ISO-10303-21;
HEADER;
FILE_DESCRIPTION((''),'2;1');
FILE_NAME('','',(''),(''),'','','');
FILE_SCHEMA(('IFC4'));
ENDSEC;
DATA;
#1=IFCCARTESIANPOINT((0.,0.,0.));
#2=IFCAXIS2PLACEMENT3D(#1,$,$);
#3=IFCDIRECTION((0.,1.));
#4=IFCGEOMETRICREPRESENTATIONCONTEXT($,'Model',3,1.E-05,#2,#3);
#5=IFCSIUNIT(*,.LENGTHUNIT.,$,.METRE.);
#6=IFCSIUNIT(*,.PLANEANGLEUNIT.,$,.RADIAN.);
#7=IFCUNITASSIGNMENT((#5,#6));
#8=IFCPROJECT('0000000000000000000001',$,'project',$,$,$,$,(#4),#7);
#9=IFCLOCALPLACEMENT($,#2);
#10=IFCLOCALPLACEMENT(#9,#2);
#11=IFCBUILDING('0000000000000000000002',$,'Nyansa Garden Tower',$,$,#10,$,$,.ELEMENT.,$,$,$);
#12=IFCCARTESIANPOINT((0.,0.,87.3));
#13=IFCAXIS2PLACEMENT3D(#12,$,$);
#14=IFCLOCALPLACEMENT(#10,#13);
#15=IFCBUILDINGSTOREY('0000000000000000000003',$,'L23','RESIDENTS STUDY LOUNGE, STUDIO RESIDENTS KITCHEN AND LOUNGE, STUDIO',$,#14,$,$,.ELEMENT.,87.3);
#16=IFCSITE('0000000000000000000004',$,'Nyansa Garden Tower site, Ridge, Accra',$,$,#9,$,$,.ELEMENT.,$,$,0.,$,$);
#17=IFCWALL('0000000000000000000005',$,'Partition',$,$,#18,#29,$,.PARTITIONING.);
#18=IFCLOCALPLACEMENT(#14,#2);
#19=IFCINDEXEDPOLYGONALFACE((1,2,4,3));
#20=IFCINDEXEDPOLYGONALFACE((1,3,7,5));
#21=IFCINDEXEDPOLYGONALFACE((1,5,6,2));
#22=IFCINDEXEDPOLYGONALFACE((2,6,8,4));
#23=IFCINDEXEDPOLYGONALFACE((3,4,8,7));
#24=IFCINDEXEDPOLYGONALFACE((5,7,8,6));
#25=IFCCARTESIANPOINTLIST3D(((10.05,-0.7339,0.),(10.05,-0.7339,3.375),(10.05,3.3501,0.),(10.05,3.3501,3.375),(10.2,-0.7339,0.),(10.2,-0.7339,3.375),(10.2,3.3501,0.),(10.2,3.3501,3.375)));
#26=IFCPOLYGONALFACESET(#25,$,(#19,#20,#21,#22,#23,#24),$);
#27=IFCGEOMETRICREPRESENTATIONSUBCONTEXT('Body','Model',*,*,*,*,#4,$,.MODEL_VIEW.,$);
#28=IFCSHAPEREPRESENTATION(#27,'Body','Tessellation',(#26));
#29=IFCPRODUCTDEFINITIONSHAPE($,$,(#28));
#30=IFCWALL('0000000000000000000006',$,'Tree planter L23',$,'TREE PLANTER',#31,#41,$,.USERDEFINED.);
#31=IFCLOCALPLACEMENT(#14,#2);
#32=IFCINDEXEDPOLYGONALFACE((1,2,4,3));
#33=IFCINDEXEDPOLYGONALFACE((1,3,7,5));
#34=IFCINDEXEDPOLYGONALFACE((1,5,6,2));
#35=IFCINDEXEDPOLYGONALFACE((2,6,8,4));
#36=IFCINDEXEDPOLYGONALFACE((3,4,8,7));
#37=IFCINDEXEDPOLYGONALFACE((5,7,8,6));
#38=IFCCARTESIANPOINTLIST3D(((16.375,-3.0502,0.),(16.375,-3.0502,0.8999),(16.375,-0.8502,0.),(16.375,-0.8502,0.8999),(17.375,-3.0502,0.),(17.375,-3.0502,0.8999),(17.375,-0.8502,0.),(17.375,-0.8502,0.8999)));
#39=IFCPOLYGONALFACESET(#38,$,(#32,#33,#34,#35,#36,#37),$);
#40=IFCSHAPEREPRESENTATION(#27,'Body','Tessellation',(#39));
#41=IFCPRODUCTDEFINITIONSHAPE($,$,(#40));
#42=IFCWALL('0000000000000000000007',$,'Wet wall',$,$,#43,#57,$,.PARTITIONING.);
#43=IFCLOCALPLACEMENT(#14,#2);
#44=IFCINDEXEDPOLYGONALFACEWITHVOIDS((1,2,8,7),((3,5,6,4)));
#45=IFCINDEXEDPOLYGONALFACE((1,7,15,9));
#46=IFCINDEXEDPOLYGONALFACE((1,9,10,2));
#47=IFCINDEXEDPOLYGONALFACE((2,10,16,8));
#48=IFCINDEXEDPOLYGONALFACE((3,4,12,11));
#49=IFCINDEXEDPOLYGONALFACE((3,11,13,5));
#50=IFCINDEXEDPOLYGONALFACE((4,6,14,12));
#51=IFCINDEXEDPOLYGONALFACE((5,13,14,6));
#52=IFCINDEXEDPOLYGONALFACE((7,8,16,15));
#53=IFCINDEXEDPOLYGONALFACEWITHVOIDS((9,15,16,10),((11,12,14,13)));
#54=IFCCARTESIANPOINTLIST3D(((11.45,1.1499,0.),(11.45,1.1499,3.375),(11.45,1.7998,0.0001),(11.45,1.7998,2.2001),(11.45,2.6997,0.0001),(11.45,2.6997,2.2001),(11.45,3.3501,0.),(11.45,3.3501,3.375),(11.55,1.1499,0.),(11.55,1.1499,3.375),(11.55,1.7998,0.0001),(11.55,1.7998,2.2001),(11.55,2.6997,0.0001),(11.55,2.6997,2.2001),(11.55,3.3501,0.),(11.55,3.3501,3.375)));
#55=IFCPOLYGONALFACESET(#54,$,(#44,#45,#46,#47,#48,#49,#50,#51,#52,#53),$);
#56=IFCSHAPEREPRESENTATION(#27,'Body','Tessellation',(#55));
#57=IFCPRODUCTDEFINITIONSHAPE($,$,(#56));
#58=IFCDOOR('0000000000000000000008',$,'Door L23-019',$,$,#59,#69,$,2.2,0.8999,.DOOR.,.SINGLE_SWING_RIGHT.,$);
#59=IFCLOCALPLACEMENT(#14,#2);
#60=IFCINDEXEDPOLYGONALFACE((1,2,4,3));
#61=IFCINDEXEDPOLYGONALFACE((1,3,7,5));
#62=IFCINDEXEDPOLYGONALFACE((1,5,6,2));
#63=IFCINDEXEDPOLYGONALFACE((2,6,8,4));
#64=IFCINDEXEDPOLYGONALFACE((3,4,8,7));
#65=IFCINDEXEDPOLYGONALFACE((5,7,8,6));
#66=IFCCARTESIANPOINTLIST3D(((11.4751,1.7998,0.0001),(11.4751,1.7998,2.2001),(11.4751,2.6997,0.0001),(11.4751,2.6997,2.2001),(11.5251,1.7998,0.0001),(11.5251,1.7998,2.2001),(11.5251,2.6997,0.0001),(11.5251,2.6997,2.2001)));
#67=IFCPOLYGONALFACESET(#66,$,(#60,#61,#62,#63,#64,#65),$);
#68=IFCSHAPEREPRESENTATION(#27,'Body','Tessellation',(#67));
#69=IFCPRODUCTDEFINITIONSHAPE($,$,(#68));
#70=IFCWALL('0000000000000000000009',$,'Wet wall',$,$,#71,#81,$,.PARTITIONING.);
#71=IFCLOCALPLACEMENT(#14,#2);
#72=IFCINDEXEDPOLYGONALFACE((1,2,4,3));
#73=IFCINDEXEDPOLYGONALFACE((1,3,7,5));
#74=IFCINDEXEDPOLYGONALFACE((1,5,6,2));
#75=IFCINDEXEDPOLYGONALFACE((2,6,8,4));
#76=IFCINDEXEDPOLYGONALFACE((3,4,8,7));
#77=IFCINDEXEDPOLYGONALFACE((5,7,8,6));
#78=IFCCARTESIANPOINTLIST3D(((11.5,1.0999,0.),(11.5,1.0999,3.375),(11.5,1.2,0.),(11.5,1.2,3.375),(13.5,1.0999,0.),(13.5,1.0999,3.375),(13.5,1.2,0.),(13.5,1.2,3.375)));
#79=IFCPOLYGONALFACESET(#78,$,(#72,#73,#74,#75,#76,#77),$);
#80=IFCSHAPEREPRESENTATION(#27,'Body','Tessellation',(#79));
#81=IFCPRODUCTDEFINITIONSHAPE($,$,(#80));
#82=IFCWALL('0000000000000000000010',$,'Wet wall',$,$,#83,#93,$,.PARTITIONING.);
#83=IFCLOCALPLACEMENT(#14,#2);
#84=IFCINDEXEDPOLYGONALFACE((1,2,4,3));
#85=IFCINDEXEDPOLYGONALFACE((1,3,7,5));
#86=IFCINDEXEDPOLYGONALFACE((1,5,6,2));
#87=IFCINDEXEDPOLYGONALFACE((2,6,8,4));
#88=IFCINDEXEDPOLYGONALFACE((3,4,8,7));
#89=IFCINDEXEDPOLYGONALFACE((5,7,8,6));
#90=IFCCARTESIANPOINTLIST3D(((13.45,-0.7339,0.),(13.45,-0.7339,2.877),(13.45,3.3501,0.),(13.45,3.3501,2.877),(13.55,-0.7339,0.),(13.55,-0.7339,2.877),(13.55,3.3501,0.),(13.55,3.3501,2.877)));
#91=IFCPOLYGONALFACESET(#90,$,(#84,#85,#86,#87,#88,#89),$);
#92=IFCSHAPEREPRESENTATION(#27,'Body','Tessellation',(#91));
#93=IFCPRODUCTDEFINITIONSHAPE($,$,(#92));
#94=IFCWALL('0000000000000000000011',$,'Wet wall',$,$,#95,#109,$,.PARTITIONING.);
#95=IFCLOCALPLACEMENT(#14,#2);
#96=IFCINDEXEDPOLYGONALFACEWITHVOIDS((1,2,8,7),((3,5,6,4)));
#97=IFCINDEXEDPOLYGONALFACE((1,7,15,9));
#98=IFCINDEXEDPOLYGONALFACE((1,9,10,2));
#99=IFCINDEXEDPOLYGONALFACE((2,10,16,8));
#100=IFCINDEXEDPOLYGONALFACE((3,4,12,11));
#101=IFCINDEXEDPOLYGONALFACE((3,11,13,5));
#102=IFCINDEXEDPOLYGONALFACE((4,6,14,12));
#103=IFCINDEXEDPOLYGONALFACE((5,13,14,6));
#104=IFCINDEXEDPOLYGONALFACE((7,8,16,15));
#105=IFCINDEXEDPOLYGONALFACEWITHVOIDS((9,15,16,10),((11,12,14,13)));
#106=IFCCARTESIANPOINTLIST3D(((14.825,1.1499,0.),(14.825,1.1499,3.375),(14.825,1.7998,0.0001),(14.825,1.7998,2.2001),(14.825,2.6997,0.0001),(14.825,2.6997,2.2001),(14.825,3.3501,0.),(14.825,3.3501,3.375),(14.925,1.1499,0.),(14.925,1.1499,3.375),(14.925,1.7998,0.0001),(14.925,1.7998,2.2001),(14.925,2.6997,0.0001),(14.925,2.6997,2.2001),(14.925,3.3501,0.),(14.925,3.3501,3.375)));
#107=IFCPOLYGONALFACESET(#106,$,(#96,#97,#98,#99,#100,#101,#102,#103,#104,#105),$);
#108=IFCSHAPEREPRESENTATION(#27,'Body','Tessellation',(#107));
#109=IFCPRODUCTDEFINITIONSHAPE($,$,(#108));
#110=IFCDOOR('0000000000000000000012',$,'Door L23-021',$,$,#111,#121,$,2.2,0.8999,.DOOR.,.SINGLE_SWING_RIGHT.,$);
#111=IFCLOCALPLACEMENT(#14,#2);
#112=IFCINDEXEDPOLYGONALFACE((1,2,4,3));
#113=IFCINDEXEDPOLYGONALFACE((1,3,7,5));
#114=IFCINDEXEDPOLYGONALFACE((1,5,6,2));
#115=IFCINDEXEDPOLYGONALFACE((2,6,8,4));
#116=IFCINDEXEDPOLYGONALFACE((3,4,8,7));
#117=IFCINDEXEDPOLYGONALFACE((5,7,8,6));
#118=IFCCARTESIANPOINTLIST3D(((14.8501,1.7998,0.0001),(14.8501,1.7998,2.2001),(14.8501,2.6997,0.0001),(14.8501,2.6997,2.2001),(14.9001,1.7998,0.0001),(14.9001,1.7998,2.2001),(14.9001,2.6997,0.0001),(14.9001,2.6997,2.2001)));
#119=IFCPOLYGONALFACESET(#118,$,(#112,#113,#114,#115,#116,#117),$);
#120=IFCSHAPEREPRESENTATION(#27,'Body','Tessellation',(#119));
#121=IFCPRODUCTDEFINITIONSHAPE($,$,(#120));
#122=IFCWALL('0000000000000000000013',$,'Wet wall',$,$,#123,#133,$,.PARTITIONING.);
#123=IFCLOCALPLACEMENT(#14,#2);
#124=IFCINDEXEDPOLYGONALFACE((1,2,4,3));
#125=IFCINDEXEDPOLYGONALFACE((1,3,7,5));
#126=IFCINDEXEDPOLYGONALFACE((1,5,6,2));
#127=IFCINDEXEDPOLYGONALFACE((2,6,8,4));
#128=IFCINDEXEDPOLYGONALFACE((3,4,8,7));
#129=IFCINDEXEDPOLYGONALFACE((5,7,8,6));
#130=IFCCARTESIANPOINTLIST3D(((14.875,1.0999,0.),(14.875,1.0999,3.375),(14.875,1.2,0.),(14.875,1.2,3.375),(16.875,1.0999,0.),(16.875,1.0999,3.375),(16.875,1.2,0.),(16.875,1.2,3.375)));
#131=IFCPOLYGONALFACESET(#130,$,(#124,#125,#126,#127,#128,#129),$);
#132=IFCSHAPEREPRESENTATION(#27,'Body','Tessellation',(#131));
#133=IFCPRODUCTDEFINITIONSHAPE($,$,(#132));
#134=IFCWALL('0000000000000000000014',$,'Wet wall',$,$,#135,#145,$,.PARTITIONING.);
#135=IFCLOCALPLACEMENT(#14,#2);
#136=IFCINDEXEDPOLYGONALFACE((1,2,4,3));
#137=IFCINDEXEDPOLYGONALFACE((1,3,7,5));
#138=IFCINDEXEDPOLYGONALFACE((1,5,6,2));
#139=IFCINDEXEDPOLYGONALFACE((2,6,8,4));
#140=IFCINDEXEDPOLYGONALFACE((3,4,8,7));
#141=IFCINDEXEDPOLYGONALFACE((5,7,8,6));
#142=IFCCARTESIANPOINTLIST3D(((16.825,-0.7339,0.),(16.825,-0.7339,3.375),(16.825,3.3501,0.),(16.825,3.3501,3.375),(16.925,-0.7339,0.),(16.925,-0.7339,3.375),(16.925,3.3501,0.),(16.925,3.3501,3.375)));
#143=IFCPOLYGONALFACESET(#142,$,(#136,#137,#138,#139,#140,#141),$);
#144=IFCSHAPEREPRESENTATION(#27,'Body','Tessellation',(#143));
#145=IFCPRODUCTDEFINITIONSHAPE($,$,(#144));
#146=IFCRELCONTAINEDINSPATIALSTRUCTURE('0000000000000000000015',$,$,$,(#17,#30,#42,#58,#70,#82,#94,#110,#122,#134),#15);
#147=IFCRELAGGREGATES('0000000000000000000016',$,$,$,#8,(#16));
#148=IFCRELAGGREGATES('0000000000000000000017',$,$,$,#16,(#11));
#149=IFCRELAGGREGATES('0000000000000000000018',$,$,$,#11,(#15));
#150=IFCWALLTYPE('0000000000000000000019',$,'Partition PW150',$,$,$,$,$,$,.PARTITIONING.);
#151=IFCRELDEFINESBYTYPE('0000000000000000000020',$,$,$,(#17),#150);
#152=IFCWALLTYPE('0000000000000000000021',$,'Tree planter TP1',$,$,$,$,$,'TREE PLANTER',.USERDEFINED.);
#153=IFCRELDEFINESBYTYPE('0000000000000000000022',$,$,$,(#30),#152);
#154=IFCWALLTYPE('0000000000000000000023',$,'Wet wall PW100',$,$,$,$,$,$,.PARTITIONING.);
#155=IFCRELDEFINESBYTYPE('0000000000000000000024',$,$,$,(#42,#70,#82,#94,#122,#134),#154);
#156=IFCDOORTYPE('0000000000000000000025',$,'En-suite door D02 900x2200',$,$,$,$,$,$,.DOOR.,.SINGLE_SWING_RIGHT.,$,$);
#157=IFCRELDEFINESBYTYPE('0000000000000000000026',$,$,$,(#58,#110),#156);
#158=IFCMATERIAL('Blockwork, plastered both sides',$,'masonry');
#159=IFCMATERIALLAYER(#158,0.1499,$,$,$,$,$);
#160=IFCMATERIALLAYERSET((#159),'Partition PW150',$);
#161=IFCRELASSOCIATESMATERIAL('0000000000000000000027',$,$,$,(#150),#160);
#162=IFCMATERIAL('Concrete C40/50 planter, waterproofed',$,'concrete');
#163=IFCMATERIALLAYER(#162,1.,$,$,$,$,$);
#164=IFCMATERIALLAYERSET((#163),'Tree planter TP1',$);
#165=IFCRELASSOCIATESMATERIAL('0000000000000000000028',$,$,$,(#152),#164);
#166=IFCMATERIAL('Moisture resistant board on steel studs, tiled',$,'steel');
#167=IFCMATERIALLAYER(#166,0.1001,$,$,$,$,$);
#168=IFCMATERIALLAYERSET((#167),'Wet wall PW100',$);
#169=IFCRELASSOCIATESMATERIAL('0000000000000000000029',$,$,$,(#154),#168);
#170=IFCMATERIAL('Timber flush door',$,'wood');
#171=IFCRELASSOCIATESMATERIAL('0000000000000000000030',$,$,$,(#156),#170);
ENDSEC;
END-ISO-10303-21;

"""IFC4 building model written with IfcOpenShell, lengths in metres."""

from ifc_helpers import new_model, si_unit, direction, frame, frame_2d, origin, place, context, subcontext, project, spatial, rectangle, extrude, material, layer, layer_set, type_object, element, fill, save


model = new_model("IFC4")

# Units and contexts
model_context = context("Model", 3, precision=1e-05, world=origin(), true_north=direction((0.0, 1.0)))
body_context = subcontext(model_context, "Body", "Model", "MODEL_VIEW")
ifc_project = project(units=[si_unit("LENGTHUNIT", "METRE"), si_unit("PLANEANGLEUNIT", "RADIAN")], contexts=[model_context])

# Site, building, storey
site_placement = place(None, origin())
site = spatial("IfcSite", under=ifc_project, at=site_placement, Name="Nyansa Garden Tower site, Ridge, Accra", CompositionType="ELEMENT", RefElevation=0.0)
building_placement = place(site_placement, origin())
building = spatial("IfcBuilding", under=site, at=building_placement, Name="Nyansa Garden Tower", CompositionType="ELEMENT")
storey_placement = place(building_placement, frame((0.0, 0.0, 87.3)))
storey = spatial("IfcBuildingStorey", under=building, at=storey_placement, Name="L23", Description="RESIDENTS STUDY LOUNGE, STUDIO RESIDENTS KITCHEN AND LOUNGE, STUDIO", CompositionType="ELEMENT", Elevation=87.3)

# Walls
ifc_material_1 = material(Name="Blockwork, plastered both sides", Category="masonry")
ifc_layer_1 = layer(ifc_material_1, 0.1499)
ifc_layer_set_1 = layer_set([ifc_layer_1], Name="Partition PW150")
wall_type_1 = type_object("IfcWallType", Name="Partition PW150", PredefinedType="PARTITIONING", material=ifc_layer_set_1)
wall_1_placement = place(storey_placement, frame((10.125, -0.7339, 0.0), z_axis=(0.0, 0.0, 1.0), x_axis=(0.0, 1.0, 0.0)))
element("IfcWall", 1, at=wall_1_placement, inside=storey, type_object=wall_type_1, Name="Partition", PredefinedType="PARTITIONING", context=body_context, shape_type="SweptSolid", body=[
    extrude(rectangle(XDim=4.084, YDim=0.1499, at=frame_2d((2.042, 0.0))), origin(), (0.0, 0.0, 1.0), 3.375),
])
ifc_material_2 = material(Name="Concrete C40/50 planter, waterproofed", Category="concrete")
ifc_layer_2 = layer(ifc_material_2, 1.0)
ifc_layer_set_2 = layer_set([ifc_layer_2], Name="Tree planter TP1")
wall_type_2 = type_object("IfcWallType", Name="Tree planter TP1", ElementType="TREE PLANTER", PredefinedType="USERDEFINED", material=ifc_layer_set_2)
wall_2_placement = place(storey_placement, frame((16.875, -0.8501, 0.0), z_axis=(0.0, 0.0, 1.0), x_axis=(0.0, -1.0, 0.0)))
element("IfcWall", 2, at=wall_2_placement, inside=storey, type_object=wall_type_2, Name="Tree planter L23", ObjectType="TREE PLANTER", PredefinedType="USERDEFINED", context=body_context, shape_type="SweptSolid", body=[
    extrude(rectangle(XDim=2.2, YDim=1.0, at=frame_2d((1.1001, 0.0))), origin(), (0.0, 0.0, 1.0), 0.8999),
])

# Wall, opening, door
ifc_material_3 = material(Name="Moisture resistant board on steel studs, tiled", Category="steel")
ifc_layer_3 = layer(ifc_material_3, 0.1001)
ifc_layer_set_3 = layer_set([ifc_layer_3], Name="Wet wall PW100")
wall_type_3 = type_object("IfcWallType", Name="Wet wall PW100", PredefinedType="PARTITIONING", material=ifc_layer_set_3)
wall_3_placement = place(storey_placement, frame((11.5, 1.1499, 0.0), z_axis=(0.0, 0.0, 1.0), x_axis=(0.0, 1.0, 0.0)))
wall_3 = element("IfcWall", 3, at=wall_3_placement, inside=storey, type_object=wall_type_3, Name="Wet wall", PredefinedType="PARTITIONING", context=body_context, shape_type="SweptSolid", body=[
    extrude(rectangle(XDim=2.2002, YDim=0.1001, at=frame_2d((1.1001, 0.0))), origin(), (0.0, 0.0, 1.0), 3.375),
])
opening_1_placement = place(wall_3_placement, frame((0.6499, 0.0, 0.0)))
opening_1 = element("IfcOpeningElement", 4, at=opening_1_placement, cuts=wall_3, PredefinedType="OPENING", context=body_context, shape_type="SweptSolid", body=[
    extrude(rectangle(XDim=0.8999, YDim=2.2, at=frame_2d((0.45, 1.1001))), frame((0.0, 0.0601, 0.0), z_axis=(0.0, -1.0, 0.0), x_axis=(1.0, 0.0, 0.0)), (0.0, 0.0, 1.0), 0.1201),
])
ifc_material_4 = material(Name="Timber flush door", Category="wood")
door_type = type_object("IfcDoorType", Name="En-suite door D02 900x2200", OperationType="SINGLE_SWING_RIGHT", PredefinedType="DOOR", material=ifc_material_4)
door_1_placement = place(opening_1_placement, origin())
door_1 = element("IfcDoor", 5, at=door_1_placement, inside=storey, type_object=door_type, Name="Door L23-019", OperationType="SINGLE_SWING_RIGHT", OverallHeight=2.2, OverallWidth=0.8999, PredefinedType="DOOR", context=body_context, shape_type="SweptSolid", body=[
    extrude(rectangle(XDim=0.8999, YDim=2.2, at=frame_2d((0.45, 1.1001))), frame((0.0, 0.0249, 0.0), z_axis=(0.0, -1.0, 0.0), x_axis=(1.0, 0.0, 0.0)), (0.0, 0.0, 1.0), 0.05),
])
fill(opening_1, door_1)

# Walls
wall_4_placement = place(storey_placement, frame((11.5, 1.1499, 0.0), z_axis=(0.0, 0.0, 1.0), x_axis=(1.0, 0.0, 0.0)))
element("IfcWall", 6, at=wall_4_placement, inside=storey, type_object=wall_type_3, Name="Wet wall", PredefinedType="PARTITIONING", context=body_context, shape_type="SweptSolid", body=[
    extrude(rectangle(XDim=2.0, YDim=0.1001, at=frame_2d((1.0, 0.0))), origin(), (0.0, 0.0, 1.0), 3.375),
])
wall_5_placement = place(storey_placement, frame((13.5, -0.7339, 0.0), z_axis=(0.0, 0.0, 1.0), x_axis=(0.0, 1.0, 0.0)))
element("IfcWall", 7, at=wall_5_placement, inside=storey, type_object=wall_type_3, Name="Wet wall", PredefinedType="PARTITIONING", context=body_context, shape_type="SweptSolid", body=[
    extrude(rectangle(XDim=4.084, YDim=0.1001, at=frame_2d((2.042, 0.0))), origin(), (0.0, 0.0, 1.0), 2.877),
])

# Wall, opening, door
wall_6_placement = place(storey_placement, frame((14.875, 1.1499, 0.0), z_axis=(0.0, 0.0, 1.0), x_axis=(0.0, 1.0, 0.0)))
wall_6 = element("IfcWall", 8, at=wall_6_placement, inside=storey, type_object=wall_type_3, Name="Wet wall", PredefinedType="PARTITIONING", context=body_context, shape_type="SweptSolid", body=[
    extrude(rectangle(XDim=2.2002, YDim=0.1001, at=frame_2d((1.1001, 0.0))), origin(), (0.0, 0.0, 1.0), 3.375),
])
opening_2_placement = place(wall_6_placement, frame((0.6499, 0.0, 0.0)))
opening_2 = element("IfcOpeningElement", 9, at=opening_2_placement, cuts=wall_6, PredefinedType="OPENING", context=body_context, shape_type="SweptSolid", body=[
    extrude(rectangle(XDim=0.8999, YDim=2.2, at=frame_2d((0.45, 1.1001))), frame((0.0, 0.0601, 0.0), z_axis=(0.0, -1.0, 0.0), x_axis=(1.0, 0.0, 0.0)), (0.0, 0.0, 1.0), 0.1201),
])
door_2_placement = place(opening_2_placement, origin())
door_2 = element("IfcDoor", 10, at=door_2_placement, inside=storey, type_object=door_type, Name="Door L23-021", OperationType="SINGLE_SWING_RIGHT", OverallHeight=2.2, OverallWidth=0.8999, PredefinedType="DOOR", context=body_context, shape_type="SweptSolid", body=[
    extrude(rectangle(XDim=0.8999, YDim=2.2, at=frame_2d((0.45, 1.1001))), frame((0.0, 0.0249, 0.0), z_axis=(0.0, -1.0, 0.0), x_axis=(1.0, 0.0, 0.0)), (0.0, 0.0, 1.0), 0.05),
])
fill(opening_2, door_2)

# Walls
wall_7_placement = place(storey_placement, frame((14.875, 1.1499, 0.0), z_axis=(0.0, 0.0, 1.0), x_axis=(1.0, 0.0, 0.0)))
element("IfcWall", 11, at=wall_7_placement, inside=storey, type_object=wall_type_3, Name="Wet wall", PredefinedType="PARTITIONING", context=body_context, shape_type="SweptSolid", body=[
    extrude(rectangle(XDim=2.0, YDim=0.1001, at=frame_2d((1.0, 0.0))), origin(), (0.0, 0.0, 1.0), 3.375),
])
wall_8_placement = place(storey_placement, frame((16.875, -0.7339, 0.0), z_axis=(0.0, 0.0, 1.0), x_axis=(0.0, 1.0, 0.0)))
element("IfcWall", 12, at=wall_8_placement, inside=storey, type_object=wall_type_3, Name="Wet wall", PredefinedType="PARTITIONING", context=body_context, shape_type="SweptSolid", body=[
    extrude(rectangle(XDim=4.084, YDim=0.1001, at=frame_2d((2.042, 0.0))), origin(), (0.0, 0.0, 1.0), 3.375),
])

save(model, "model.ifc")
